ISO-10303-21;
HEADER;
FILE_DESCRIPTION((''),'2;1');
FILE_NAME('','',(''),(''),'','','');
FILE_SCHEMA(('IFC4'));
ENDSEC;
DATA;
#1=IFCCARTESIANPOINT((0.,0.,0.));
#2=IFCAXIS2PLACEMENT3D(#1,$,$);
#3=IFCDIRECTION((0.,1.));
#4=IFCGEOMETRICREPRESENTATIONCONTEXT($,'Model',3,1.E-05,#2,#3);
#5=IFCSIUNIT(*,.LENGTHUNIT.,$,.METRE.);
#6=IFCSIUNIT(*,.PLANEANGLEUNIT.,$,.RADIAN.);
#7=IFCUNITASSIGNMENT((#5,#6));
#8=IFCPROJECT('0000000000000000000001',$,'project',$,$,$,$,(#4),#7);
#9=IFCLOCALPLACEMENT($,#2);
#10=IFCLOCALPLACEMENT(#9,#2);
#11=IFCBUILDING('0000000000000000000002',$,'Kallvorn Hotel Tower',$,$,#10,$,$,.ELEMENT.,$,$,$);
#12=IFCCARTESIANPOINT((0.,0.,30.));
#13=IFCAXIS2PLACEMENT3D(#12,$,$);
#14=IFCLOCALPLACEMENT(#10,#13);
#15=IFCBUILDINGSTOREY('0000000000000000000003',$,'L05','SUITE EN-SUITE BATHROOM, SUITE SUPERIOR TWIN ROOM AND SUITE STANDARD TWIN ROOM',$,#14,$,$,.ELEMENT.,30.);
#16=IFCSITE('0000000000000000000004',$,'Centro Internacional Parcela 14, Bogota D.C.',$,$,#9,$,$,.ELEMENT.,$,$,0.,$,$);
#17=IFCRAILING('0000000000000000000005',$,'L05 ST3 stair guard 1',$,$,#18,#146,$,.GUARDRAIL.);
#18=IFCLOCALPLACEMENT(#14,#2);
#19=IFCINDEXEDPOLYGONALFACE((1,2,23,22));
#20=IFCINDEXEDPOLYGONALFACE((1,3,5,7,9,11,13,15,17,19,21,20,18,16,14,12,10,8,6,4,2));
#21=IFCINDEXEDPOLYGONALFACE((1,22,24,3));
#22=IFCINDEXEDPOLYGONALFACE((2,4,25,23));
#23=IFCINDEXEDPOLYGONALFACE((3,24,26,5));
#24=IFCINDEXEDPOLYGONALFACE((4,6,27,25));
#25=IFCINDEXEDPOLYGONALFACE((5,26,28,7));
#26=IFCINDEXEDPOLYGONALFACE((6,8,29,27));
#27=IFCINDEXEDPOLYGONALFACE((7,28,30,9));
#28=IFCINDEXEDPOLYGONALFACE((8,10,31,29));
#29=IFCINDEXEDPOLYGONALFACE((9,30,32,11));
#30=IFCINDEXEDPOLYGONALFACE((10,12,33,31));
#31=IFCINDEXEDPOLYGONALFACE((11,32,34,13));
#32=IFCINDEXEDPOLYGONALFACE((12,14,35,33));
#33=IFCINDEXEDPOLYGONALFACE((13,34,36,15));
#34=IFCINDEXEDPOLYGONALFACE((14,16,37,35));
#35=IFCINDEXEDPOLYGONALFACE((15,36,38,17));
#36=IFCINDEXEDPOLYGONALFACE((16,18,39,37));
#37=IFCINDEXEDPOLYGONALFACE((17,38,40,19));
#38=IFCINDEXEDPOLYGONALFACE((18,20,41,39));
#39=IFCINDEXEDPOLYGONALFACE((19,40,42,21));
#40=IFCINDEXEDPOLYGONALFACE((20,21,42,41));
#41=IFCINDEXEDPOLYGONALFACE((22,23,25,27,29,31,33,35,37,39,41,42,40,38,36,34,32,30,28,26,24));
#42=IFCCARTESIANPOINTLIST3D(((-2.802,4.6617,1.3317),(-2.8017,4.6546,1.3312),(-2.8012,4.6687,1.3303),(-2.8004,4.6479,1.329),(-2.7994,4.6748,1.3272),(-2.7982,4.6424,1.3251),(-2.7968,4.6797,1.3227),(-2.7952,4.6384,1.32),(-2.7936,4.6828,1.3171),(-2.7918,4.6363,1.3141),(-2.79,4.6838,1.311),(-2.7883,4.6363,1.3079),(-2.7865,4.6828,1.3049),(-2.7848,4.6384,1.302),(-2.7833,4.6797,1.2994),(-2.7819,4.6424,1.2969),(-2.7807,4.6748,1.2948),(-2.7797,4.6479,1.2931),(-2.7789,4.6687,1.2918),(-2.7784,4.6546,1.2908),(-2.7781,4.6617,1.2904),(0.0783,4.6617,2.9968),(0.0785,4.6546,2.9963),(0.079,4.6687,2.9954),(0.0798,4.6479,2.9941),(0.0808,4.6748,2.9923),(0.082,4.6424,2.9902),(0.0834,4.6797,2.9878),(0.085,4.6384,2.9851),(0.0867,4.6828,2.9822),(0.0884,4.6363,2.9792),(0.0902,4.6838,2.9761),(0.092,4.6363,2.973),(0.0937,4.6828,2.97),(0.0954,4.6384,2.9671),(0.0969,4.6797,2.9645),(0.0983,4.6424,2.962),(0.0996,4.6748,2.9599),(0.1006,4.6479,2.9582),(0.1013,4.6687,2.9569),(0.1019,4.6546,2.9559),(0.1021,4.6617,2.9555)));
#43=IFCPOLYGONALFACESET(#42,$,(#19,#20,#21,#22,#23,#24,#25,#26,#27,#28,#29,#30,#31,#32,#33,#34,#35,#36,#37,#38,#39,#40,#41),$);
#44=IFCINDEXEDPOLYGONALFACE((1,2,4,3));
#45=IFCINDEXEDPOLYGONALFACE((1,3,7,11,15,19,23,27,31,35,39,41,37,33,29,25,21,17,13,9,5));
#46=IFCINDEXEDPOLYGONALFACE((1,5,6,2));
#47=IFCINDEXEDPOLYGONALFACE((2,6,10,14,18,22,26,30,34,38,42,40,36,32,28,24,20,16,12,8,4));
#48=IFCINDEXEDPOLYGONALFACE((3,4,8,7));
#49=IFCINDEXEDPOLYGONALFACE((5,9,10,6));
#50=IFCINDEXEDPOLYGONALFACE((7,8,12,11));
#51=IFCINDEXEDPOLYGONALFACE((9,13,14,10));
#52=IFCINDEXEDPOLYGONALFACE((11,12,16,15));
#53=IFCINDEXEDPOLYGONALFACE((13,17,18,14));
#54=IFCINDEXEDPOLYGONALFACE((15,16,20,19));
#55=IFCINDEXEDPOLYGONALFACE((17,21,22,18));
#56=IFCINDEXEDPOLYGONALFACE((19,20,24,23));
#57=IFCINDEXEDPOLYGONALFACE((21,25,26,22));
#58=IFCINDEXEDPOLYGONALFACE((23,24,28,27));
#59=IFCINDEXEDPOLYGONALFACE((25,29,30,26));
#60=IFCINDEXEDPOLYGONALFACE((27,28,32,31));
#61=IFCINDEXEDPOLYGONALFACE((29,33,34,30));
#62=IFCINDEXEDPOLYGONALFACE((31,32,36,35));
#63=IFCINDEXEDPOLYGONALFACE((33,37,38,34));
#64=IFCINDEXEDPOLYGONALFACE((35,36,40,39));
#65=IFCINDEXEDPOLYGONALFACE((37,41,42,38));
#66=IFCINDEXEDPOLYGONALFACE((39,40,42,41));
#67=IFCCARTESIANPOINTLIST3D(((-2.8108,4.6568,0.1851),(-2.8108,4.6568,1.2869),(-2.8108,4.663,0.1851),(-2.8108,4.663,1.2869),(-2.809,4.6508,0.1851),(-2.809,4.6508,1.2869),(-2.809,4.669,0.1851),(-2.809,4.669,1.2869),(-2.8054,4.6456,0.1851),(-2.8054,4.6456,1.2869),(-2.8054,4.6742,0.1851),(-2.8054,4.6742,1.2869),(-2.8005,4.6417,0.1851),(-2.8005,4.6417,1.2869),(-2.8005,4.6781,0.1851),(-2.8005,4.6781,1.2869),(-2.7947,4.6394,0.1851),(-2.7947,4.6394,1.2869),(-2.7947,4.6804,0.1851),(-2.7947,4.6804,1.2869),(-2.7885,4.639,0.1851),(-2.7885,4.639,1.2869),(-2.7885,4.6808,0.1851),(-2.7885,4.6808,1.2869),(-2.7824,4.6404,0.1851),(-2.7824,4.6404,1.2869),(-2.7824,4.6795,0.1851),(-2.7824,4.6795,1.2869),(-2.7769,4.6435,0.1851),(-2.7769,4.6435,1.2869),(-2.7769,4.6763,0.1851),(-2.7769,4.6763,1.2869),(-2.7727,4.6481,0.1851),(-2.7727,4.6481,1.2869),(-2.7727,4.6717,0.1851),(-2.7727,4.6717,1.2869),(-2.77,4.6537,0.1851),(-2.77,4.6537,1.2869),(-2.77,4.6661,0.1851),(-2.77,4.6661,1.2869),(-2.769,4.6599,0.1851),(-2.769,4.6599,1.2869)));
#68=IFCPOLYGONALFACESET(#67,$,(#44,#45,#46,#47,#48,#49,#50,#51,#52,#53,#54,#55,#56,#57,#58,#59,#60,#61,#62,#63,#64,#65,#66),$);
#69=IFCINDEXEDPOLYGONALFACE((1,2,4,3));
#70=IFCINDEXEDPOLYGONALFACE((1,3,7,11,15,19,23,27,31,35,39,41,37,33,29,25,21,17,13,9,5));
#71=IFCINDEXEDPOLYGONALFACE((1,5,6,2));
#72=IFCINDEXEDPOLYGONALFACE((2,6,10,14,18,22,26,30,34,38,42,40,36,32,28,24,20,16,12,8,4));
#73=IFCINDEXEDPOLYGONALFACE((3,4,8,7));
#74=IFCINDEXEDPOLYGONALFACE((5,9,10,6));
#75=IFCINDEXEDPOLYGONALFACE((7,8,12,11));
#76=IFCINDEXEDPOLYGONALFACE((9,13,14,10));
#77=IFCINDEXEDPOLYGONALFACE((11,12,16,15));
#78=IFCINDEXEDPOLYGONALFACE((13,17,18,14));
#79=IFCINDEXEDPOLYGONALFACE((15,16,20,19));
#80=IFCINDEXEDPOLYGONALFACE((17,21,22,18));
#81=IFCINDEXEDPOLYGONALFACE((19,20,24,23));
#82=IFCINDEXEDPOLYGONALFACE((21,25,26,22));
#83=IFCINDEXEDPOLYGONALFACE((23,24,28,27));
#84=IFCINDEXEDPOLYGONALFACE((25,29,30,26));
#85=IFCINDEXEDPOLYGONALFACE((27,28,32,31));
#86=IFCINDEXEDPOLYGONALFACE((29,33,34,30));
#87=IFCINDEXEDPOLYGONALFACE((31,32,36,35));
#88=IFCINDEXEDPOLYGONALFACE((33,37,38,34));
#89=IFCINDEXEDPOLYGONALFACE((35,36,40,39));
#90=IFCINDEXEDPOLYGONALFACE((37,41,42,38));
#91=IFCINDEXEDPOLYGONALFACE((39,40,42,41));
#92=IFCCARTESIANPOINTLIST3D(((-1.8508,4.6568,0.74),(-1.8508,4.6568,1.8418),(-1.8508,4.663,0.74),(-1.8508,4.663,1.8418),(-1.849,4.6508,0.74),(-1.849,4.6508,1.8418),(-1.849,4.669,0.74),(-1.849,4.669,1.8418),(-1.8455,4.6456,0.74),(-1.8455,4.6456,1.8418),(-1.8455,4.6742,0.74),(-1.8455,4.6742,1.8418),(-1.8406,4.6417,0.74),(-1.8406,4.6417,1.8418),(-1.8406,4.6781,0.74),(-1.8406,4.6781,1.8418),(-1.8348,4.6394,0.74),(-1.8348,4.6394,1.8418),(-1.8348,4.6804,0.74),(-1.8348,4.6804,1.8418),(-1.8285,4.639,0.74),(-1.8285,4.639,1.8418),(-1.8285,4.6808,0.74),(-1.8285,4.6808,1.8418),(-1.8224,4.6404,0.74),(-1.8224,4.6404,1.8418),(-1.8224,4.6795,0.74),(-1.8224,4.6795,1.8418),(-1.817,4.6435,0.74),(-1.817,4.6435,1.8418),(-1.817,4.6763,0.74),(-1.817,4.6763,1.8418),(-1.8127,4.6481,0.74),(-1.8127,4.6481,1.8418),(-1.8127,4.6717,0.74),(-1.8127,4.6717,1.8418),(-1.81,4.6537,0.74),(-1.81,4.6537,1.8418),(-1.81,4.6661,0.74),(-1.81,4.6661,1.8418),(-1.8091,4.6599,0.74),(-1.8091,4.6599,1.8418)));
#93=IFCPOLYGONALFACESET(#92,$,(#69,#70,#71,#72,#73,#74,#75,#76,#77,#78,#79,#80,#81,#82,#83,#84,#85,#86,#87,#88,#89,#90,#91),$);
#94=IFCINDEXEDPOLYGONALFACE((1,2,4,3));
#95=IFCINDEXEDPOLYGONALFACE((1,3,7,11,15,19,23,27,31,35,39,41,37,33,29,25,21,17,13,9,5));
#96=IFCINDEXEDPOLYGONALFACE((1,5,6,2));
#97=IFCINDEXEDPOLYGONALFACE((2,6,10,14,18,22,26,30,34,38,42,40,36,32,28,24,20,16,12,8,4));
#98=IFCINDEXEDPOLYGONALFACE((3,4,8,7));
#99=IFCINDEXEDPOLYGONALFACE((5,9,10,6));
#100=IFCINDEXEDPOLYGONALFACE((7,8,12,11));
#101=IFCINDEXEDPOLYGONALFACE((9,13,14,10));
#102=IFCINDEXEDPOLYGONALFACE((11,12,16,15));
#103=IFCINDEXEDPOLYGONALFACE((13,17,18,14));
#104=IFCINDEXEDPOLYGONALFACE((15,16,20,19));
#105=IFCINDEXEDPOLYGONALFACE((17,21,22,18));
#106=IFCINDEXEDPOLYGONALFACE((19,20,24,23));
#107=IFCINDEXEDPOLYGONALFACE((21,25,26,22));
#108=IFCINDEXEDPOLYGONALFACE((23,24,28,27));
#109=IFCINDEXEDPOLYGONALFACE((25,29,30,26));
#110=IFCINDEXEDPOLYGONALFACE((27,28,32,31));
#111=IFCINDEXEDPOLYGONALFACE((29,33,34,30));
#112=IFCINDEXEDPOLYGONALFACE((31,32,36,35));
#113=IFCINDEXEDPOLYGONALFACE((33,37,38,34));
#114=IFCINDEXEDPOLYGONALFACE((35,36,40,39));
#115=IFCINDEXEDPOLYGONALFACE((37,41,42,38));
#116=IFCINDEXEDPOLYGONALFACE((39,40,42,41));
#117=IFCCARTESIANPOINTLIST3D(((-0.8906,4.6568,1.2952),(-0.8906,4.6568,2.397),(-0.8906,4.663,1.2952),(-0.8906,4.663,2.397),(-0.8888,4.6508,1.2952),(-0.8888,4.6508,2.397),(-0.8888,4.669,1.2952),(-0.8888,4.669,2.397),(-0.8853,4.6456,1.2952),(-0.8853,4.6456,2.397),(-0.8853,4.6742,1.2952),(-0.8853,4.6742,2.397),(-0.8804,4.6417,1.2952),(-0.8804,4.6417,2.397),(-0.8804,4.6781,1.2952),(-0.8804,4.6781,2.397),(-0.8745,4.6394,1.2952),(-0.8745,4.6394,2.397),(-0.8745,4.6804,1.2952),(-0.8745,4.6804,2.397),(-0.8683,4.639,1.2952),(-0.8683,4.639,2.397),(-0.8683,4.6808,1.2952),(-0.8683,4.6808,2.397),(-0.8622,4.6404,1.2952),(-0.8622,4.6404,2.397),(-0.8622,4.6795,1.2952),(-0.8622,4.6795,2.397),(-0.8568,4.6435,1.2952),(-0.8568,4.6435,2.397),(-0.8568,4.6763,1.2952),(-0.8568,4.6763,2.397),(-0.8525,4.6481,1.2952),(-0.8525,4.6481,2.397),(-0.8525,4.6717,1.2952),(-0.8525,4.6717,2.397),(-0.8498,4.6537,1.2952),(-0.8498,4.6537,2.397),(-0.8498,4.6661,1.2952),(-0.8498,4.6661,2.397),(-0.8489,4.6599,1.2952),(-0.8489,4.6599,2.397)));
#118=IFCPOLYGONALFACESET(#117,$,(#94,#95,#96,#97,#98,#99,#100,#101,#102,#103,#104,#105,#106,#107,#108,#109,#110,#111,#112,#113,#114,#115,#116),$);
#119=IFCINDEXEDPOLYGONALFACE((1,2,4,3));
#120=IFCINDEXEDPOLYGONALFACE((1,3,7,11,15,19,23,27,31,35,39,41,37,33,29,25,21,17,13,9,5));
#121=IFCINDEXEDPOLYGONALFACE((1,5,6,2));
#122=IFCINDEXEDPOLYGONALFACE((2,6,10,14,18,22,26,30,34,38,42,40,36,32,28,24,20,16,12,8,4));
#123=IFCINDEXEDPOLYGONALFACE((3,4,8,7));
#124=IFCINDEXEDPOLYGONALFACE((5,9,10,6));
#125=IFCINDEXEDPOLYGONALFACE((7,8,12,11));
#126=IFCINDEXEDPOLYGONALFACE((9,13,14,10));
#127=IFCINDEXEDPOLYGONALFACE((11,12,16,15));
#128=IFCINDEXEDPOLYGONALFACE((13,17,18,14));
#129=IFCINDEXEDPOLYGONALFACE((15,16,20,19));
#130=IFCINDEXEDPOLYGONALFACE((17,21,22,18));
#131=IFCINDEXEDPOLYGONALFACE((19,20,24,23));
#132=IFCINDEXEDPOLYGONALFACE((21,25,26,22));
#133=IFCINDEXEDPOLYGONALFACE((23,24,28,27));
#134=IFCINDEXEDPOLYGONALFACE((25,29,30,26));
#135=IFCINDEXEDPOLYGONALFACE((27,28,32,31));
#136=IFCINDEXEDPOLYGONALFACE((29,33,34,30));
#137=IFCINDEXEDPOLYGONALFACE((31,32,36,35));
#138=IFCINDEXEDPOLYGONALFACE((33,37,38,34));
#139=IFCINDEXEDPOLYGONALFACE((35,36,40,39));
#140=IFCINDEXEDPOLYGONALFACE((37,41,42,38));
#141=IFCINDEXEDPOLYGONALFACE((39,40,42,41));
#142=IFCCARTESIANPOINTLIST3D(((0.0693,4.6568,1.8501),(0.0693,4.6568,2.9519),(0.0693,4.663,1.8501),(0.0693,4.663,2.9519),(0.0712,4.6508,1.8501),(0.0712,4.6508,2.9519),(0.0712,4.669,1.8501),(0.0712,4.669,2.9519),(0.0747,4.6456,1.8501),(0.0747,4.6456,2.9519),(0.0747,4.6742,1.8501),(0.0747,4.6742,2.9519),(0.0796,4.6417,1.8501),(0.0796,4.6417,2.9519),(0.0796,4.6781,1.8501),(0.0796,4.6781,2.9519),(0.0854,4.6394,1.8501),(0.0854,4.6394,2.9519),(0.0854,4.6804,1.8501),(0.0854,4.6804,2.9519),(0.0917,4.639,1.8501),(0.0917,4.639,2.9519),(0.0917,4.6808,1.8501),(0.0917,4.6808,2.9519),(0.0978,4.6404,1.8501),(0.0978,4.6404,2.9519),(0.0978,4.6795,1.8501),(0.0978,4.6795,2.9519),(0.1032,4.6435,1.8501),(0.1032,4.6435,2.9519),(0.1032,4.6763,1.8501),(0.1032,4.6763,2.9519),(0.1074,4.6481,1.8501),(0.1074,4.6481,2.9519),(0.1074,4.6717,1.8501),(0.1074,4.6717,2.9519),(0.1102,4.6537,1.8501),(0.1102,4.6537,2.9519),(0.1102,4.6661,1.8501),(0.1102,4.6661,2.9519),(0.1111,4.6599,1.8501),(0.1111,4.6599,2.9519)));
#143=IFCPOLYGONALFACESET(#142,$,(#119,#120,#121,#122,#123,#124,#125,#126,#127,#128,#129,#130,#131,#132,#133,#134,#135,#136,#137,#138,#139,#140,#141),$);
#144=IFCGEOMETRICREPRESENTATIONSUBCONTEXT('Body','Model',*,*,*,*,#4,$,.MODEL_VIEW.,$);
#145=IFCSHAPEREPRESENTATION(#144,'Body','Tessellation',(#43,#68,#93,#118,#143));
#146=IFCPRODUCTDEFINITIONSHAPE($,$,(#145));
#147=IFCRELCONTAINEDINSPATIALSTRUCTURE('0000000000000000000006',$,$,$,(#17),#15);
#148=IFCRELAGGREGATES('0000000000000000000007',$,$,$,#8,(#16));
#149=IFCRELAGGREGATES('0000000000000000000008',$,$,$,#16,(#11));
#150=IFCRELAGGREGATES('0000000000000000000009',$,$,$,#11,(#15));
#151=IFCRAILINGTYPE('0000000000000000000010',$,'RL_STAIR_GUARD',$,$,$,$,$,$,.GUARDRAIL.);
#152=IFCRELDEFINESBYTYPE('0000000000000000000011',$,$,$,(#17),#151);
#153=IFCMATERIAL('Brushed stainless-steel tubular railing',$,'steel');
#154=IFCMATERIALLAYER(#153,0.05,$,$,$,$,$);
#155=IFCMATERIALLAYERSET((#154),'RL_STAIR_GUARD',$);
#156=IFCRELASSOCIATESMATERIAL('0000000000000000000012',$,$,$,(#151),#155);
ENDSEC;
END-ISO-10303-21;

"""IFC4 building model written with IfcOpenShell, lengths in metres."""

from ifc_helpers import new_model, si_unit, direction, frame, origin, origin_2d, place, context, subcontext, project, spatial, circle, extrude, material, layer, layer_set, type_object, element, save


model = new_model("IFC4")

# Units and contexts
model_context = context("Model", 3, precision=1e-05, world=origin(), true_north=direction((0.0, 1.0)))
body_context = subcontext(model_context, "Body", "Model", "MODEL_VIEW")
ifc_project = project(units=[si_unit("LENGTHUNIT", "METRE"), si_unit("PLANEANGLEUNIT", "RADIAN")], contexts=[model_context])

# Site, building, storey
site_placement = place(None, origin())
site = spatial("IfcSite", under=ifc_project, at=site_placement, Name="Centro Internacional Parcela 14, Bogota D.C.", CompositionType="ELEMENT", RefElevation=0.0)
building_placement = place(site_placement, origin())
building = spatial("IfcBuilding", under=site, at=building_placement, Name="Kallvorn Hotel Tower", CompositionType="ELEMENT")
storey_placement = place(building_placement, frame((0.0, 0.0, 30.0)))
storey = spatial("IfcBuildingStorey", under=building, at=storey_placement, Name="L05", Description="SUITE EN-SUITE BATHROOM, SUITE SUPERIOR TWIN ROOM AND SUITE STANDARD TWIN ROOM", CompositionType="ELEMENT", Elevation=30.0)

# Railing
ifc_material_1 = material(Name="Brushed stainless-steel tubular railing", Category="steel")
ifc_layer_1 = layer(ifc_material_1, 0.05)
ifc_layer_set_1 = layer_set([ifc_layer_1], Name="RL_STAIR_GUARD")
railing_type_1 = type_object("IfcRailingType", Name="RL_STAIR_GUARD", PredefinedType="GUARDRAIL", material=ifc_layer_set_1)
railing_1_placement = place(storey_placement, frame((-2.79, 4.6599, 0.1851)))
element("IfcRailing", 1, at=railing_1_placement, inside=storey, type_object=railing_type_1, Name="L05 ST3 stair guard 1", PredefinedType="GUARDRAIL", context=body_context, shape_type="SweptSolid", body=[
    extrude(circle(Radius=0.0239, at=origin_2d()), frame((0.0, 0.0, 1.126), z_axis=(0.865739, 0.0, 0.500495), x_axis=(0.0, 1.0, 0.0)), (0.0, 0.0, 1.0), 3.3269),
    extrude(circle(Radius=0.021, at=origin_2d()), origin(), (0.0, 0.0, 1.0), 1.1018),
    extrude(circle(Radius=0.021, at=origin_2d()), frame((0.96, 0.0, 0.5549)), (0.0, 0.0, 1.0), 1.1018),
    extrude(circle(Radius=0.021, at=origin_2d()), frame((1.9202, 0.0, 1.1101)), (0.0, 0.0, 1.0), 1.1018),
    extrude(circle(Radius=0.021, at=origin_2d()), frame((2.8801, 0.0, 1.665)), (0.0, 0.0, 1.0), 1.1018),
])

save(model, "model.ifc")
